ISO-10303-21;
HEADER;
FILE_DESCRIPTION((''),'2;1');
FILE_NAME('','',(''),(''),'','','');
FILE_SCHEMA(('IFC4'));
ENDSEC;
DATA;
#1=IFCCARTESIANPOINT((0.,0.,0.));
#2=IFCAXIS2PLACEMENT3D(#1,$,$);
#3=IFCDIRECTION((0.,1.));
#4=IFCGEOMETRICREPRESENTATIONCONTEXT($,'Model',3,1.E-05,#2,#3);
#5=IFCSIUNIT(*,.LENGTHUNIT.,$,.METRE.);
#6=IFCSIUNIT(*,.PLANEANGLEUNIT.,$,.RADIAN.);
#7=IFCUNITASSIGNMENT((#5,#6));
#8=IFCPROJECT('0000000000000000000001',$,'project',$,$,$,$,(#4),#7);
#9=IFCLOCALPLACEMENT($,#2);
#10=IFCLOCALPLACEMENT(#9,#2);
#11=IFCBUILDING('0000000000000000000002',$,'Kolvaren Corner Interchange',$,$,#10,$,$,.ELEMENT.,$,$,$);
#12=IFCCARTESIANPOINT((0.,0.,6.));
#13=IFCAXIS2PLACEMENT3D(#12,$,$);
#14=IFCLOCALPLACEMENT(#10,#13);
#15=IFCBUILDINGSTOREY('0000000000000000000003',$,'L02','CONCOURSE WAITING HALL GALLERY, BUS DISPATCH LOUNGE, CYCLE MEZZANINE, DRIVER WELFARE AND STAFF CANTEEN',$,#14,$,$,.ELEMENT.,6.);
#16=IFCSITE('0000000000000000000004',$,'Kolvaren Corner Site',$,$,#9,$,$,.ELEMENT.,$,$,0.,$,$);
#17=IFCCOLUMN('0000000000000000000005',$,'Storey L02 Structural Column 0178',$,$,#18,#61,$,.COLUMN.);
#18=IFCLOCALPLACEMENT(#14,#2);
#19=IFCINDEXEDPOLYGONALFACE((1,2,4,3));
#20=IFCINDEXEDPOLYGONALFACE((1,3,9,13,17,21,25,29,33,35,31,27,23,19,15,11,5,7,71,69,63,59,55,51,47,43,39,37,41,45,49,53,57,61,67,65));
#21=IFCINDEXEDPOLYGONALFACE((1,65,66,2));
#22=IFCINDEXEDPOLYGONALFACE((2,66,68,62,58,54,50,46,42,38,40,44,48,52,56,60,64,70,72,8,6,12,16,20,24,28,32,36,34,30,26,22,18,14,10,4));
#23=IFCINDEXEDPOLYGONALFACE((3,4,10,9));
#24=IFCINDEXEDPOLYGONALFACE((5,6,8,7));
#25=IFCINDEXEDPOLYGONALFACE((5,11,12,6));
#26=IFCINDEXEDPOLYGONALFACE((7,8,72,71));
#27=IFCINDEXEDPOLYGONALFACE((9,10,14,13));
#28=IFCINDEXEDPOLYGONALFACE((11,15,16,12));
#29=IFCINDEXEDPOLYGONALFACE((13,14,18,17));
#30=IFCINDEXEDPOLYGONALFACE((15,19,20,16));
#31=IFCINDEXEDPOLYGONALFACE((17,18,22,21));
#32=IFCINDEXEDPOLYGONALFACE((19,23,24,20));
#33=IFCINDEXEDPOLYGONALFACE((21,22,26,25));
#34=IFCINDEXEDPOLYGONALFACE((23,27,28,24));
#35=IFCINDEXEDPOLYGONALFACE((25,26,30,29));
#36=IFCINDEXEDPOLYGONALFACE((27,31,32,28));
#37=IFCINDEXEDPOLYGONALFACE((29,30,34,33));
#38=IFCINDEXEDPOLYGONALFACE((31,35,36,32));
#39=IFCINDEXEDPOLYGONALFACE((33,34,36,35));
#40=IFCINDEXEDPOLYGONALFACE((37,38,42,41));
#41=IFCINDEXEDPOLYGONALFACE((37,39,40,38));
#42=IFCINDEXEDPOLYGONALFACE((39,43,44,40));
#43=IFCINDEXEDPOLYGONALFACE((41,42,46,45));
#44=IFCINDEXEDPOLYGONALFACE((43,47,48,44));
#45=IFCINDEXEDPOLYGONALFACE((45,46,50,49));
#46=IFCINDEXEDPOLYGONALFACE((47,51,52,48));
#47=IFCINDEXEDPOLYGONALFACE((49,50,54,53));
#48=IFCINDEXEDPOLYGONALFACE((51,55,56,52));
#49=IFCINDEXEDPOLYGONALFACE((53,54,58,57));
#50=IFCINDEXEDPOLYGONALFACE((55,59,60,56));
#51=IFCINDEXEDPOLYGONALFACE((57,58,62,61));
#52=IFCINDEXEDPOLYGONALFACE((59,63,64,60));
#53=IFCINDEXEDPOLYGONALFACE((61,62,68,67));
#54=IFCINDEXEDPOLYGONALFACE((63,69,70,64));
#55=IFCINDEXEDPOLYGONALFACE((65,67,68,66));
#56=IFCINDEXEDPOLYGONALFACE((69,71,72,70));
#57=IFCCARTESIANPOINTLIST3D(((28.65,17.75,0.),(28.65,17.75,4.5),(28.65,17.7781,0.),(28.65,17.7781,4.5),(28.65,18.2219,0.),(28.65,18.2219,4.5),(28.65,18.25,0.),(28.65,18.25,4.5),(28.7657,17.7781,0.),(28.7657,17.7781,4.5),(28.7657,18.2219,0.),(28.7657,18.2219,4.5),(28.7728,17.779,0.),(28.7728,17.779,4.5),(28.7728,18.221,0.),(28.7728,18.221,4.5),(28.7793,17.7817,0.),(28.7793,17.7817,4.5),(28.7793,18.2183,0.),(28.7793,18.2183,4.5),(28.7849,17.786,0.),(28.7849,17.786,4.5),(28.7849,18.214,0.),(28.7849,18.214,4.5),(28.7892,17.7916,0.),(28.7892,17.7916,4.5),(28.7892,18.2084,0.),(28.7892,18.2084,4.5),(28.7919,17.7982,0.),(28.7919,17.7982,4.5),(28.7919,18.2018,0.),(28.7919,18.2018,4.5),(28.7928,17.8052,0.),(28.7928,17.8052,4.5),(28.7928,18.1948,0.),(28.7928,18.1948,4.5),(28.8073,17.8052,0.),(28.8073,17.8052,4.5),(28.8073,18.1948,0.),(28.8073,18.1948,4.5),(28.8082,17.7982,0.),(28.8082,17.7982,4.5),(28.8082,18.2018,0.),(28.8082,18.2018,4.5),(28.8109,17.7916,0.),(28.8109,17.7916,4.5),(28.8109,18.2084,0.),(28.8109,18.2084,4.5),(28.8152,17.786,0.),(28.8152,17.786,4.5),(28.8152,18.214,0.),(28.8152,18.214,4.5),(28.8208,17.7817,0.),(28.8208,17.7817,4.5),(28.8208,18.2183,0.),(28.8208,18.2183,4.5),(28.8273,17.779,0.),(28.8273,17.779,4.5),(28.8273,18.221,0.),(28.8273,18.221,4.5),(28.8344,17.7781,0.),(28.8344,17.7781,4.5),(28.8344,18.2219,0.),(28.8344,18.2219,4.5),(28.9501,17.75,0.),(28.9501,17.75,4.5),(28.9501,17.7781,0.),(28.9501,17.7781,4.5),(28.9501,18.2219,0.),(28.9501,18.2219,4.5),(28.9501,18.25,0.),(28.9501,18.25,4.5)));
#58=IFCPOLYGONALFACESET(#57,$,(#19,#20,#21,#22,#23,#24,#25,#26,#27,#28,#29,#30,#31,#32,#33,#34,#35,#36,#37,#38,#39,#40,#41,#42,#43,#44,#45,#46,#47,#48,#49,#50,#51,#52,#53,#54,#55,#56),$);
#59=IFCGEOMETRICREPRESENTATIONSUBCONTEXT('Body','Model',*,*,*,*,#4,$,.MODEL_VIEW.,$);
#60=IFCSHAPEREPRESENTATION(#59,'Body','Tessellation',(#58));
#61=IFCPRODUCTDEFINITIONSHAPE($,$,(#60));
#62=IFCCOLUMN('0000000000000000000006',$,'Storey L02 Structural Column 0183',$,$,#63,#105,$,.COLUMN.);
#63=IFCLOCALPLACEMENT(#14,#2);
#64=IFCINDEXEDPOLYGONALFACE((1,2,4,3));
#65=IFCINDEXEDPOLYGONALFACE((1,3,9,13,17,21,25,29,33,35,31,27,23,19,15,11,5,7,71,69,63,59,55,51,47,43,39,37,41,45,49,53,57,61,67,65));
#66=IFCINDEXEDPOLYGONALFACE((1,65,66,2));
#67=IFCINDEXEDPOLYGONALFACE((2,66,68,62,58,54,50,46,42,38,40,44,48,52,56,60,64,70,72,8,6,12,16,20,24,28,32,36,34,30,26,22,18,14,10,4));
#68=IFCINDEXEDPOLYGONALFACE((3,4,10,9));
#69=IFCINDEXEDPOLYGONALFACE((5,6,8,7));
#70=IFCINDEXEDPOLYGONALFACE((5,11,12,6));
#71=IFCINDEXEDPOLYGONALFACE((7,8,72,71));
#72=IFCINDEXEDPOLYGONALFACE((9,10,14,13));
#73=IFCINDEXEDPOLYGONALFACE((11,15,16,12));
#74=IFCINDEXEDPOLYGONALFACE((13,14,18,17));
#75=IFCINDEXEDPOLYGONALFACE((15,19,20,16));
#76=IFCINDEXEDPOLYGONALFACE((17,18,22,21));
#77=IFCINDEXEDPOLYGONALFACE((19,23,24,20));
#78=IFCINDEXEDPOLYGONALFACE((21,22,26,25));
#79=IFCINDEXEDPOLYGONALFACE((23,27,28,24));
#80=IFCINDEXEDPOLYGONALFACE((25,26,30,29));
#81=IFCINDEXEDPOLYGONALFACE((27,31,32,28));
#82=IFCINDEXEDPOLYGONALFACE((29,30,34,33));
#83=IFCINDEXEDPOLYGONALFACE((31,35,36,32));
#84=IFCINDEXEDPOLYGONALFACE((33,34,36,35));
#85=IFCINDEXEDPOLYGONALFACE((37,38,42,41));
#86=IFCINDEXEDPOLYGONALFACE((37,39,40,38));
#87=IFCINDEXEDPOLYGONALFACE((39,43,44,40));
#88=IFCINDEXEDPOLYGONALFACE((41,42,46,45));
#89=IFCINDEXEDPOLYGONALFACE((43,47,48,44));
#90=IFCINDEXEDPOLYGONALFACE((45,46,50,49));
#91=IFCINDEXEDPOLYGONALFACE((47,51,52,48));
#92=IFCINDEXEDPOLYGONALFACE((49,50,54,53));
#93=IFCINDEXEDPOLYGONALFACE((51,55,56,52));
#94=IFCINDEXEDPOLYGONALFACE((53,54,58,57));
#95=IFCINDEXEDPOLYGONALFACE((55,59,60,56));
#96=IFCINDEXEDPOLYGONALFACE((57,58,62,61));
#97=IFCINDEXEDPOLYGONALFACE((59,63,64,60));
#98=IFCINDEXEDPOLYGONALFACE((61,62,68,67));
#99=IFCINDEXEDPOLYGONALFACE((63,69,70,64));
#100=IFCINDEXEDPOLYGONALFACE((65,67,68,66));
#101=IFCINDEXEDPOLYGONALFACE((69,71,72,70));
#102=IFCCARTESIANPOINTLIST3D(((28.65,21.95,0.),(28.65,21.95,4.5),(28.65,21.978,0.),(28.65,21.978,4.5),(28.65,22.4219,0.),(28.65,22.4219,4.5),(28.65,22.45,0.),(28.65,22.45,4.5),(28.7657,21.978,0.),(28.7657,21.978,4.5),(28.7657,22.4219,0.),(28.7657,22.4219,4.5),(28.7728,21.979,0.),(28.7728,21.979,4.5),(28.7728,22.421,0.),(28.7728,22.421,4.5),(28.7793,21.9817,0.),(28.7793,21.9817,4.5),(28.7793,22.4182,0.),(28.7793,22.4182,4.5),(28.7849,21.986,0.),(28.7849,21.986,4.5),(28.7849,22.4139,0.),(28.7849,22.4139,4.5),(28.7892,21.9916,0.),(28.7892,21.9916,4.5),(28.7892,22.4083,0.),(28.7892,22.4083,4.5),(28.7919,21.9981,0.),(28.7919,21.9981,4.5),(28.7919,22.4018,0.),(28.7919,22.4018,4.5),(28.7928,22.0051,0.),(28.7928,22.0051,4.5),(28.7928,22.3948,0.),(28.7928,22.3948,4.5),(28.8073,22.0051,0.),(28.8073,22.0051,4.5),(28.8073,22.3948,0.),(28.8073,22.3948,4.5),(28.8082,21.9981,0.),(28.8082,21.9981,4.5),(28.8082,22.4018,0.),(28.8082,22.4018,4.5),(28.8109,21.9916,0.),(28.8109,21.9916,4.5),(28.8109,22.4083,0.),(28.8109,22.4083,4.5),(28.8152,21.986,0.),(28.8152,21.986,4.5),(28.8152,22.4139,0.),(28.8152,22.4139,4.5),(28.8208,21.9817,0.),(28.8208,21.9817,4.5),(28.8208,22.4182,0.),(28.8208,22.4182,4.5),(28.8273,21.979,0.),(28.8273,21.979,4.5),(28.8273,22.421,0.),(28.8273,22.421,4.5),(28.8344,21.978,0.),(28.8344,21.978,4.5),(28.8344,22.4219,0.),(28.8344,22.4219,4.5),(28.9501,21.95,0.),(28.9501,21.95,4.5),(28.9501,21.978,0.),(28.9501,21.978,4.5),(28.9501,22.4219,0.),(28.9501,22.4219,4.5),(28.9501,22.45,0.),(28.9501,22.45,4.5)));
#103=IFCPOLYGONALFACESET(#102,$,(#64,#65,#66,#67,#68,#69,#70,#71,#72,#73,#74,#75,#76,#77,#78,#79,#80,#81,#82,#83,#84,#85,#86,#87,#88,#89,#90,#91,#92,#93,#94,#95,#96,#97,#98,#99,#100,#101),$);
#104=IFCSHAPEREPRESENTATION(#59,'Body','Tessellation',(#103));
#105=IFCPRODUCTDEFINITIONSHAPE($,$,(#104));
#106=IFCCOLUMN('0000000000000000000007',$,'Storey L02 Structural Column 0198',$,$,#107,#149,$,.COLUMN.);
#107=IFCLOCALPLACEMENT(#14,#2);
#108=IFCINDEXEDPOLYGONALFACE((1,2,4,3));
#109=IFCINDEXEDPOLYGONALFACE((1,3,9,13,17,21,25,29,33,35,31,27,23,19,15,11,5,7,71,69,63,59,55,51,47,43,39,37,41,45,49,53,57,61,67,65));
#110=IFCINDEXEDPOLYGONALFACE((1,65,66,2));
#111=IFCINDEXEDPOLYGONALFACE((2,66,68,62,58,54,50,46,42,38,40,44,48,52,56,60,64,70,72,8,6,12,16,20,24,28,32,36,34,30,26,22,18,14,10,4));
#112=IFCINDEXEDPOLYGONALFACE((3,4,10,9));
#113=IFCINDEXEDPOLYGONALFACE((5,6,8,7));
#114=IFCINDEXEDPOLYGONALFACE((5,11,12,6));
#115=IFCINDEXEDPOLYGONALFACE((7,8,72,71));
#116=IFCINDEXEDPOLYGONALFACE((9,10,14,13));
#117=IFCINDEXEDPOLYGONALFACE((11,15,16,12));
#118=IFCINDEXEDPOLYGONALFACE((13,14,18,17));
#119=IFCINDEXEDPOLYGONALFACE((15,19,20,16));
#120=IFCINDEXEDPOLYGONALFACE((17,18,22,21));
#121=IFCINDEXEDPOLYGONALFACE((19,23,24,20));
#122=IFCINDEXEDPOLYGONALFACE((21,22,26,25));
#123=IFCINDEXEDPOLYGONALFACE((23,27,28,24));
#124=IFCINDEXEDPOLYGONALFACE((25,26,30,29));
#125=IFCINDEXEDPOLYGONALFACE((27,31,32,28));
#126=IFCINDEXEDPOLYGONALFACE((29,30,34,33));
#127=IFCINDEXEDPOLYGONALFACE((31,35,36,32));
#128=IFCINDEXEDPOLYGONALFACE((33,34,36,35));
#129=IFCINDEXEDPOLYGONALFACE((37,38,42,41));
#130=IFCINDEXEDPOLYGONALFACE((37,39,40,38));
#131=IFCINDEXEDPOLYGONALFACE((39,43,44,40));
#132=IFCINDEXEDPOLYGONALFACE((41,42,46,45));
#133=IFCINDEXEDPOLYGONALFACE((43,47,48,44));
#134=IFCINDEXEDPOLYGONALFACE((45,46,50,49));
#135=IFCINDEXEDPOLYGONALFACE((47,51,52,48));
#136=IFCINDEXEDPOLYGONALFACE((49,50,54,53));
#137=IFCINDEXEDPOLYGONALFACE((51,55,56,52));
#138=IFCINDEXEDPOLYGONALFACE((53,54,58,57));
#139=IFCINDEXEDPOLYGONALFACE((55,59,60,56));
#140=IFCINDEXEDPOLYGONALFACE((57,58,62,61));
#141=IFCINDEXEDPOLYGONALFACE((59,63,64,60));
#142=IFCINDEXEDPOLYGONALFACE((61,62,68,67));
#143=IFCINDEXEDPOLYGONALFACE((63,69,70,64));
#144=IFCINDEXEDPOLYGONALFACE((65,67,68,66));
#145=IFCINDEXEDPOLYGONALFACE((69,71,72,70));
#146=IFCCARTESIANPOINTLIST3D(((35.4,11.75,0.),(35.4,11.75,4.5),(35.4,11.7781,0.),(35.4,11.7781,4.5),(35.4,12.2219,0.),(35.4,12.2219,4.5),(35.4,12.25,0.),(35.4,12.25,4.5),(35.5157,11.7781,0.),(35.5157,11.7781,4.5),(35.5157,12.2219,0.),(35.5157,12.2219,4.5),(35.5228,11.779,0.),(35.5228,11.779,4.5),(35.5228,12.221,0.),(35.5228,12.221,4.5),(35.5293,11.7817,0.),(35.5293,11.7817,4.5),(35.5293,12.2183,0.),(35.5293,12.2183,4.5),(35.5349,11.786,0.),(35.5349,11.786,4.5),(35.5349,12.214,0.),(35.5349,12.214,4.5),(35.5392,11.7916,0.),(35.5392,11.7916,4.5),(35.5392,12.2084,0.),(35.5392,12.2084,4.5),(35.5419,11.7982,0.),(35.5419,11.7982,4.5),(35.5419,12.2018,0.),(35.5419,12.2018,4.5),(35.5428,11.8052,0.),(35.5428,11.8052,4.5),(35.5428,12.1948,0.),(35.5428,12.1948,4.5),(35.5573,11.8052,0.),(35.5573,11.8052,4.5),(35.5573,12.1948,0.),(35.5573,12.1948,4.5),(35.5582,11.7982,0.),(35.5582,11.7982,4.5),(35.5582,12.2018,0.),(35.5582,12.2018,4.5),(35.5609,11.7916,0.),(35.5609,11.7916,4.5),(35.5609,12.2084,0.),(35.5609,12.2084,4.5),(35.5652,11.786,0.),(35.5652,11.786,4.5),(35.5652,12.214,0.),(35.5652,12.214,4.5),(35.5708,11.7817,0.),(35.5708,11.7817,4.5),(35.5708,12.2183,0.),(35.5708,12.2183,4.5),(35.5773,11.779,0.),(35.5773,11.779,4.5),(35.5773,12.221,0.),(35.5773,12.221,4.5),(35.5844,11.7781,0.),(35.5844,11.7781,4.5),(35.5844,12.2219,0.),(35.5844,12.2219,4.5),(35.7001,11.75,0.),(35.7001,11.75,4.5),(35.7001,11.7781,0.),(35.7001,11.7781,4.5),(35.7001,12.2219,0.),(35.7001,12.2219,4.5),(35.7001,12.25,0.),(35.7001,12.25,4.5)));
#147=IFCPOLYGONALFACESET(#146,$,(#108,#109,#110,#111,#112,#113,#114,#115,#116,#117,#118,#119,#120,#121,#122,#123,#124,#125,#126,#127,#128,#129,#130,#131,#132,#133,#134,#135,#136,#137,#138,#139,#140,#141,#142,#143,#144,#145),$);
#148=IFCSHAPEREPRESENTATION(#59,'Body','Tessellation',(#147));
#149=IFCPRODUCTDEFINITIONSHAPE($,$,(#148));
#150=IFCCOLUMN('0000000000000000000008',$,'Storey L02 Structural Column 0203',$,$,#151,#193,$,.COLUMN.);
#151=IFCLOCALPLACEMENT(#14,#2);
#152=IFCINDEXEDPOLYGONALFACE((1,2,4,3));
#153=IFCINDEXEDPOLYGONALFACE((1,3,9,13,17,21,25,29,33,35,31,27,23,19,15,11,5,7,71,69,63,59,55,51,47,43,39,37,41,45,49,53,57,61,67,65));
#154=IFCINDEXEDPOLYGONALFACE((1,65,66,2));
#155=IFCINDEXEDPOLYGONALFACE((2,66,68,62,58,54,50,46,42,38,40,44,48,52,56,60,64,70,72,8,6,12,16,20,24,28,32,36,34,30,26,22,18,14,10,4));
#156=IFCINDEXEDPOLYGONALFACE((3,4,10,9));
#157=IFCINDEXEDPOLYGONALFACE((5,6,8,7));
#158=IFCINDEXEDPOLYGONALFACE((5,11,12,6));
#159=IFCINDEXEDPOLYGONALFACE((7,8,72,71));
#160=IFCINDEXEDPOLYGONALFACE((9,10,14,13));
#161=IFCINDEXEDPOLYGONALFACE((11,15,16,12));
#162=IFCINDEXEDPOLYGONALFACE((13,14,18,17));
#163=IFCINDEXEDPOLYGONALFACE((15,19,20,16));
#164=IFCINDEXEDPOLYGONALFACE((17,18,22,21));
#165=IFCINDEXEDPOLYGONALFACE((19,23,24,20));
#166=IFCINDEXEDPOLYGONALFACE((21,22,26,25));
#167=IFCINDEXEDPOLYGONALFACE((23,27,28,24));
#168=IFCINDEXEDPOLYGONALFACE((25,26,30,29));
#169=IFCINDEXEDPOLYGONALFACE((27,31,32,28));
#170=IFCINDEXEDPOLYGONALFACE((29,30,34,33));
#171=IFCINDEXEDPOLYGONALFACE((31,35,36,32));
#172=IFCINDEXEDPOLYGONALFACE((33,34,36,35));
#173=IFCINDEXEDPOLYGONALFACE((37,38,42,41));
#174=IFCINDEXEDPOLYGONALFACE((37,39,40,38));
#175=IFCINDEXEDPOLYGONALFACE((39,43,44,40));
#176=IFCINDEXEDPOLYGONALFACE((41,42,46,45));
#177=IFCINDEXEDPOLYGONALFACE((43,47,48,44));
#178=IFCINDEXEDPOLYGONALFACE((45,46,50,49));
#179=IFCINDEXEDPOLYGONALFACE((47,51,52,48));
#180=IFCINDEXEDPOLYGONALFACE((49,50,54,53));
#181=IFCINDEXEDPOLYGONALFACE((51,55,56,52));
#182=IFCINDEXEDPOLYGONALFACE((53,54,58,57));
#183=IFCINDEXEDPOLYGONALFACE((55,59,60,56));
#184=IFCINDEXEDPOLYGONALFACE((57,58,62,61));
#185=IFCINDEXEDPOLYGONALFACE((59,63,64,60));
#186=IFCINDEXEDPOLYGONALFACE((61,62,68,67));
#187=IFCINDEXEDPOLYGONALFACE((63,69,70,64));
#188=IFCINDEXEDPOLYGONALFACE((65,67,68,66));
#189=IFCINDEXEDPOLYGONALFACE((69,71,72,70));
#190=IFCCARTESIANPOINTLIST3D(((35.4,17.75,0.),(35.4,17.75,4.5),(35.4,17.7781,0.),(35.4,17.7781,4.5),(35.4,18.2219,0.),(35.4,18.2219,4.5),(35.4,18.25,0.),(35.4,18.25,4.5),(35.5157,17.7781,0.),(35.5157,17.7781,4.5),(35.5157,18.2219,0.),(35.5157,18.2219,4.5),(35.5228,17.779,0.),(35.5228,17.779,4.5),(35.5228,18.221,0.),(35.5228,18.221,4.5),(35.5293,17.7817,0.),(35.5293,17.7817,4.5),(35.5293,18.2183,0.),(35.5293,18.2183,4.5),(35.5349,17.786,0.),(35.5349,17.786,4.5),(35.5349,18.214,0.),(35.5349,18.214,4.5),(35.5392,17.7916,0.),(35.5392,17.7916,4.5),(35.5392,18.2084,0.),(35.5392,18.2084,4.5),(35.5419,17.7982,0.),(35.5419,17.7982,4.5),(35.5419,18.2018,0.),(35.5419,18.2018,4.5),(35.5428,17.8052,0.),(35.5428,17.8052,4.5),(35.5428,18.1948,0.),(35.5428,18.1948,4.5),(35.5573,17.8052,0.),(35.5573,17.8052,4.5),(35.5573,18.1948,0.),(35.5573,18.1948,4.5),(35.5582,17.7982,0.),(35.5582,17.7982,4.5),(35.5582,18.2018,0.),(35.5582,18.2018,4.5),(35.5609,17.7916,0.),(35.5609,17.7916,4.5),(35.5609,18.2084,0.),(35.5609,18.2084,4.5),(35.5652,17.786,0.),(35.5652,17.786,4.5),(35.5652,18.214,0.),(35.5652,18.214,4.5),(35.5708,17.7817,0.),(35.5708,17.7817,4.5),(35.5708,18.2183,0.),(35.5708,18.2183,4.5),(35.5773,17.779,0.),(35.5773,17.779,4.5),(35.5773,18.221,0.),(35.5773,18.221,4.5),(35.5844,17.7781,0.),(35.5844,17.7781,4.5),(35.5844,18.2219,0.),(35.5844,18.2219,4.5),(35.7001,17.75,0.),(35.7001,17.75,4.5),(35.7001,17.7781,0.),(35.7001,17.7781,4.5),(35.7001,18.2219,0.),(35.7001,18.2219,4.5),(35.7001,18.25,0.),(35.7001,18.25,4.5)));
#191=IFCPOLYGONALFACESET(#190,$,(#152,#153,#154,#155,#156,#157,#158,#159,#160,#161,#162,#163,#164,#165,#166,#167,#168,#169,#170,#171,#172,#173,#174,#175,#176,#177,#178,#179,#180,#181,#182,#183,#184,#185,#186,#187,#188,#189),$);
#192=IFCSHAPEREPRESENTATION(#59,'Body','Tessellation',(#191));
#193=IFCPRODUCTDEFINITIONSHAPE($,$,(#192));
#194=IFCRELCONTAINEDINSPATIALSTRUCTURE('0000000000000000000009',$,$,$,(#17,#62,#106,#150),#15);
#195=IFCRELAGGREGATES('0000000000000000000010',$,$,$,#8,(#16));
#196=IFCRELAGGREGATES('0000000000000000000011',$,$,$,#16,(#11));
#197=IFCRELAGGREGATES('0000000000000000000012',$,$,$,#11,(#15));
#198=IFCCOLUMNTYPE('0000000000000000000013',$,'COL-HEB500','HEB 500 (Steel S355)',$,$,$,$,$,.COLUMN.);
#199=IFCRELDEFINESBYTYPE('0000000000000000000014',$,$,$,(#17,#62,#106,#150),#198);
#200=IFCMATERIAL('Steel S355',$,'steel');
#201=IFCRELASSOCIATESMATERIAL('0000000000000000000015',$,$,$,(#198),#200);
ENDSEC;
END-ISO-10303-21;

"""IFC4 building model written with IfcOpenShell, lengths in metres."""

from ifc_helpers import new_model, si_unit, direction, frame, origin, origin_2d, place, context, subcontext, project, spatial, i_section, extrude, material, material_profile, profile_set, type_object, element, save


model = new_model("IFC4")

# Units and contexts
model_context = context("Model", 3, precision=1e-05, world=origin(), true_north=direction((0.0, 1.0)))
body_context = subcontext(model_context, "Body", "Model", "MODEL_VIEW")
ifc_project = project(units=[si_unit("LENGTHUNIT", "METRE"), si_unit("PLANEANGLEUNIT", "RADIAN")], contexts=[model_context])

# Site, building, storey
site_placement = place(None, origin())
site = spatial("IfcSite", under=ifc_project, at=site_placement, Name="Kolvaren Corner Site", CompositionType="ELEMENT", RefElevation=0.0)
building_placement = place(site_placement, origin())
building = spatial("IfcBuilding", under=site, at=building_placement, Name="Kolvaren Corner Interchange", CompositionType="ELEMENT")
storey_placement = place(building_placement, frame((0.0, 0.0, 6.0)))
storey = spatial("IfcBuildingStorey", under=building, at=storey_placement, Name="L02", Description="CONCOURSE WAITING HALL GALLERY, BUS DISPATCH LOUNGE, CYCLE MEZZANINE, DRIVER WELFARE AND STAFF CANTEEN", CompositionType="ELEMENT", Elevation=6.0)

# Columns
ifc_material_1 = material(Name="Steel S355", Category="steel")
ifc_material_profile_1 = material_profile(ifc_material_1, i_section(OverallWidth=0.3, OverallDepth=0.5, WebThickness=0.0144, FlangeThickness=0.0281, FilletRadius=0.0271, at=origin_2d()), Name="HEB 500")
ifc_profile_set_1 = profile_set([ifc_material_profile_1], Name="Steel S355")
column_type = type_object("IfcColumnType", Name="COL-HEB500", Description="HEB 500 (Steel S355)", PredefinedType="COLUMN", material=ifc_profile_set_1)
for number, where, z_axis, x_axis, name in (
    (1, (28.8, 18.0, 0.0), (0.0, 0.0, 1.0), (1.0, 0.0, 0.0), "Storey L02 Structural Column 0178"),
    (2, (28.8, 22.2, 0.0), (0.0, 0.0, 1.0), (1.0, 0.0, 0.0), "Storey L02 Structural Column 0183"),
    (3, (35.55, 12.0, 0.0), (0.0, 0.0, 1.0), (1.0, 0.0, 0.0), "Storey L02 Structural Column 0198"),
    (4, (35.55, 18.0, 0.0), (0.0, 0.0, 1.0), (1.0, 0.0, 0.0), "Storey L02 Structural Column 0203"),
):
    element("IfcColumn", number, at=place(storey_placement, frame(where, z_axis=z_axis, x_axis=x_axis)), inside=storey, type_object=column_type, Name=name, PredefinedType="COLUMN", context=body_context, shape_type="SweptSolid", body=[
        extrude(i_section(OverallWidth=0.3, OverallDepth=0.5, WebThickness=0.0144, FlangeThickness=0.0281, FilletRadius=0.0271, at=origin_2d()), origin(), (0.0, 0.0, 1.0), 4.5),
    ])

save(model, "model.ifc")
